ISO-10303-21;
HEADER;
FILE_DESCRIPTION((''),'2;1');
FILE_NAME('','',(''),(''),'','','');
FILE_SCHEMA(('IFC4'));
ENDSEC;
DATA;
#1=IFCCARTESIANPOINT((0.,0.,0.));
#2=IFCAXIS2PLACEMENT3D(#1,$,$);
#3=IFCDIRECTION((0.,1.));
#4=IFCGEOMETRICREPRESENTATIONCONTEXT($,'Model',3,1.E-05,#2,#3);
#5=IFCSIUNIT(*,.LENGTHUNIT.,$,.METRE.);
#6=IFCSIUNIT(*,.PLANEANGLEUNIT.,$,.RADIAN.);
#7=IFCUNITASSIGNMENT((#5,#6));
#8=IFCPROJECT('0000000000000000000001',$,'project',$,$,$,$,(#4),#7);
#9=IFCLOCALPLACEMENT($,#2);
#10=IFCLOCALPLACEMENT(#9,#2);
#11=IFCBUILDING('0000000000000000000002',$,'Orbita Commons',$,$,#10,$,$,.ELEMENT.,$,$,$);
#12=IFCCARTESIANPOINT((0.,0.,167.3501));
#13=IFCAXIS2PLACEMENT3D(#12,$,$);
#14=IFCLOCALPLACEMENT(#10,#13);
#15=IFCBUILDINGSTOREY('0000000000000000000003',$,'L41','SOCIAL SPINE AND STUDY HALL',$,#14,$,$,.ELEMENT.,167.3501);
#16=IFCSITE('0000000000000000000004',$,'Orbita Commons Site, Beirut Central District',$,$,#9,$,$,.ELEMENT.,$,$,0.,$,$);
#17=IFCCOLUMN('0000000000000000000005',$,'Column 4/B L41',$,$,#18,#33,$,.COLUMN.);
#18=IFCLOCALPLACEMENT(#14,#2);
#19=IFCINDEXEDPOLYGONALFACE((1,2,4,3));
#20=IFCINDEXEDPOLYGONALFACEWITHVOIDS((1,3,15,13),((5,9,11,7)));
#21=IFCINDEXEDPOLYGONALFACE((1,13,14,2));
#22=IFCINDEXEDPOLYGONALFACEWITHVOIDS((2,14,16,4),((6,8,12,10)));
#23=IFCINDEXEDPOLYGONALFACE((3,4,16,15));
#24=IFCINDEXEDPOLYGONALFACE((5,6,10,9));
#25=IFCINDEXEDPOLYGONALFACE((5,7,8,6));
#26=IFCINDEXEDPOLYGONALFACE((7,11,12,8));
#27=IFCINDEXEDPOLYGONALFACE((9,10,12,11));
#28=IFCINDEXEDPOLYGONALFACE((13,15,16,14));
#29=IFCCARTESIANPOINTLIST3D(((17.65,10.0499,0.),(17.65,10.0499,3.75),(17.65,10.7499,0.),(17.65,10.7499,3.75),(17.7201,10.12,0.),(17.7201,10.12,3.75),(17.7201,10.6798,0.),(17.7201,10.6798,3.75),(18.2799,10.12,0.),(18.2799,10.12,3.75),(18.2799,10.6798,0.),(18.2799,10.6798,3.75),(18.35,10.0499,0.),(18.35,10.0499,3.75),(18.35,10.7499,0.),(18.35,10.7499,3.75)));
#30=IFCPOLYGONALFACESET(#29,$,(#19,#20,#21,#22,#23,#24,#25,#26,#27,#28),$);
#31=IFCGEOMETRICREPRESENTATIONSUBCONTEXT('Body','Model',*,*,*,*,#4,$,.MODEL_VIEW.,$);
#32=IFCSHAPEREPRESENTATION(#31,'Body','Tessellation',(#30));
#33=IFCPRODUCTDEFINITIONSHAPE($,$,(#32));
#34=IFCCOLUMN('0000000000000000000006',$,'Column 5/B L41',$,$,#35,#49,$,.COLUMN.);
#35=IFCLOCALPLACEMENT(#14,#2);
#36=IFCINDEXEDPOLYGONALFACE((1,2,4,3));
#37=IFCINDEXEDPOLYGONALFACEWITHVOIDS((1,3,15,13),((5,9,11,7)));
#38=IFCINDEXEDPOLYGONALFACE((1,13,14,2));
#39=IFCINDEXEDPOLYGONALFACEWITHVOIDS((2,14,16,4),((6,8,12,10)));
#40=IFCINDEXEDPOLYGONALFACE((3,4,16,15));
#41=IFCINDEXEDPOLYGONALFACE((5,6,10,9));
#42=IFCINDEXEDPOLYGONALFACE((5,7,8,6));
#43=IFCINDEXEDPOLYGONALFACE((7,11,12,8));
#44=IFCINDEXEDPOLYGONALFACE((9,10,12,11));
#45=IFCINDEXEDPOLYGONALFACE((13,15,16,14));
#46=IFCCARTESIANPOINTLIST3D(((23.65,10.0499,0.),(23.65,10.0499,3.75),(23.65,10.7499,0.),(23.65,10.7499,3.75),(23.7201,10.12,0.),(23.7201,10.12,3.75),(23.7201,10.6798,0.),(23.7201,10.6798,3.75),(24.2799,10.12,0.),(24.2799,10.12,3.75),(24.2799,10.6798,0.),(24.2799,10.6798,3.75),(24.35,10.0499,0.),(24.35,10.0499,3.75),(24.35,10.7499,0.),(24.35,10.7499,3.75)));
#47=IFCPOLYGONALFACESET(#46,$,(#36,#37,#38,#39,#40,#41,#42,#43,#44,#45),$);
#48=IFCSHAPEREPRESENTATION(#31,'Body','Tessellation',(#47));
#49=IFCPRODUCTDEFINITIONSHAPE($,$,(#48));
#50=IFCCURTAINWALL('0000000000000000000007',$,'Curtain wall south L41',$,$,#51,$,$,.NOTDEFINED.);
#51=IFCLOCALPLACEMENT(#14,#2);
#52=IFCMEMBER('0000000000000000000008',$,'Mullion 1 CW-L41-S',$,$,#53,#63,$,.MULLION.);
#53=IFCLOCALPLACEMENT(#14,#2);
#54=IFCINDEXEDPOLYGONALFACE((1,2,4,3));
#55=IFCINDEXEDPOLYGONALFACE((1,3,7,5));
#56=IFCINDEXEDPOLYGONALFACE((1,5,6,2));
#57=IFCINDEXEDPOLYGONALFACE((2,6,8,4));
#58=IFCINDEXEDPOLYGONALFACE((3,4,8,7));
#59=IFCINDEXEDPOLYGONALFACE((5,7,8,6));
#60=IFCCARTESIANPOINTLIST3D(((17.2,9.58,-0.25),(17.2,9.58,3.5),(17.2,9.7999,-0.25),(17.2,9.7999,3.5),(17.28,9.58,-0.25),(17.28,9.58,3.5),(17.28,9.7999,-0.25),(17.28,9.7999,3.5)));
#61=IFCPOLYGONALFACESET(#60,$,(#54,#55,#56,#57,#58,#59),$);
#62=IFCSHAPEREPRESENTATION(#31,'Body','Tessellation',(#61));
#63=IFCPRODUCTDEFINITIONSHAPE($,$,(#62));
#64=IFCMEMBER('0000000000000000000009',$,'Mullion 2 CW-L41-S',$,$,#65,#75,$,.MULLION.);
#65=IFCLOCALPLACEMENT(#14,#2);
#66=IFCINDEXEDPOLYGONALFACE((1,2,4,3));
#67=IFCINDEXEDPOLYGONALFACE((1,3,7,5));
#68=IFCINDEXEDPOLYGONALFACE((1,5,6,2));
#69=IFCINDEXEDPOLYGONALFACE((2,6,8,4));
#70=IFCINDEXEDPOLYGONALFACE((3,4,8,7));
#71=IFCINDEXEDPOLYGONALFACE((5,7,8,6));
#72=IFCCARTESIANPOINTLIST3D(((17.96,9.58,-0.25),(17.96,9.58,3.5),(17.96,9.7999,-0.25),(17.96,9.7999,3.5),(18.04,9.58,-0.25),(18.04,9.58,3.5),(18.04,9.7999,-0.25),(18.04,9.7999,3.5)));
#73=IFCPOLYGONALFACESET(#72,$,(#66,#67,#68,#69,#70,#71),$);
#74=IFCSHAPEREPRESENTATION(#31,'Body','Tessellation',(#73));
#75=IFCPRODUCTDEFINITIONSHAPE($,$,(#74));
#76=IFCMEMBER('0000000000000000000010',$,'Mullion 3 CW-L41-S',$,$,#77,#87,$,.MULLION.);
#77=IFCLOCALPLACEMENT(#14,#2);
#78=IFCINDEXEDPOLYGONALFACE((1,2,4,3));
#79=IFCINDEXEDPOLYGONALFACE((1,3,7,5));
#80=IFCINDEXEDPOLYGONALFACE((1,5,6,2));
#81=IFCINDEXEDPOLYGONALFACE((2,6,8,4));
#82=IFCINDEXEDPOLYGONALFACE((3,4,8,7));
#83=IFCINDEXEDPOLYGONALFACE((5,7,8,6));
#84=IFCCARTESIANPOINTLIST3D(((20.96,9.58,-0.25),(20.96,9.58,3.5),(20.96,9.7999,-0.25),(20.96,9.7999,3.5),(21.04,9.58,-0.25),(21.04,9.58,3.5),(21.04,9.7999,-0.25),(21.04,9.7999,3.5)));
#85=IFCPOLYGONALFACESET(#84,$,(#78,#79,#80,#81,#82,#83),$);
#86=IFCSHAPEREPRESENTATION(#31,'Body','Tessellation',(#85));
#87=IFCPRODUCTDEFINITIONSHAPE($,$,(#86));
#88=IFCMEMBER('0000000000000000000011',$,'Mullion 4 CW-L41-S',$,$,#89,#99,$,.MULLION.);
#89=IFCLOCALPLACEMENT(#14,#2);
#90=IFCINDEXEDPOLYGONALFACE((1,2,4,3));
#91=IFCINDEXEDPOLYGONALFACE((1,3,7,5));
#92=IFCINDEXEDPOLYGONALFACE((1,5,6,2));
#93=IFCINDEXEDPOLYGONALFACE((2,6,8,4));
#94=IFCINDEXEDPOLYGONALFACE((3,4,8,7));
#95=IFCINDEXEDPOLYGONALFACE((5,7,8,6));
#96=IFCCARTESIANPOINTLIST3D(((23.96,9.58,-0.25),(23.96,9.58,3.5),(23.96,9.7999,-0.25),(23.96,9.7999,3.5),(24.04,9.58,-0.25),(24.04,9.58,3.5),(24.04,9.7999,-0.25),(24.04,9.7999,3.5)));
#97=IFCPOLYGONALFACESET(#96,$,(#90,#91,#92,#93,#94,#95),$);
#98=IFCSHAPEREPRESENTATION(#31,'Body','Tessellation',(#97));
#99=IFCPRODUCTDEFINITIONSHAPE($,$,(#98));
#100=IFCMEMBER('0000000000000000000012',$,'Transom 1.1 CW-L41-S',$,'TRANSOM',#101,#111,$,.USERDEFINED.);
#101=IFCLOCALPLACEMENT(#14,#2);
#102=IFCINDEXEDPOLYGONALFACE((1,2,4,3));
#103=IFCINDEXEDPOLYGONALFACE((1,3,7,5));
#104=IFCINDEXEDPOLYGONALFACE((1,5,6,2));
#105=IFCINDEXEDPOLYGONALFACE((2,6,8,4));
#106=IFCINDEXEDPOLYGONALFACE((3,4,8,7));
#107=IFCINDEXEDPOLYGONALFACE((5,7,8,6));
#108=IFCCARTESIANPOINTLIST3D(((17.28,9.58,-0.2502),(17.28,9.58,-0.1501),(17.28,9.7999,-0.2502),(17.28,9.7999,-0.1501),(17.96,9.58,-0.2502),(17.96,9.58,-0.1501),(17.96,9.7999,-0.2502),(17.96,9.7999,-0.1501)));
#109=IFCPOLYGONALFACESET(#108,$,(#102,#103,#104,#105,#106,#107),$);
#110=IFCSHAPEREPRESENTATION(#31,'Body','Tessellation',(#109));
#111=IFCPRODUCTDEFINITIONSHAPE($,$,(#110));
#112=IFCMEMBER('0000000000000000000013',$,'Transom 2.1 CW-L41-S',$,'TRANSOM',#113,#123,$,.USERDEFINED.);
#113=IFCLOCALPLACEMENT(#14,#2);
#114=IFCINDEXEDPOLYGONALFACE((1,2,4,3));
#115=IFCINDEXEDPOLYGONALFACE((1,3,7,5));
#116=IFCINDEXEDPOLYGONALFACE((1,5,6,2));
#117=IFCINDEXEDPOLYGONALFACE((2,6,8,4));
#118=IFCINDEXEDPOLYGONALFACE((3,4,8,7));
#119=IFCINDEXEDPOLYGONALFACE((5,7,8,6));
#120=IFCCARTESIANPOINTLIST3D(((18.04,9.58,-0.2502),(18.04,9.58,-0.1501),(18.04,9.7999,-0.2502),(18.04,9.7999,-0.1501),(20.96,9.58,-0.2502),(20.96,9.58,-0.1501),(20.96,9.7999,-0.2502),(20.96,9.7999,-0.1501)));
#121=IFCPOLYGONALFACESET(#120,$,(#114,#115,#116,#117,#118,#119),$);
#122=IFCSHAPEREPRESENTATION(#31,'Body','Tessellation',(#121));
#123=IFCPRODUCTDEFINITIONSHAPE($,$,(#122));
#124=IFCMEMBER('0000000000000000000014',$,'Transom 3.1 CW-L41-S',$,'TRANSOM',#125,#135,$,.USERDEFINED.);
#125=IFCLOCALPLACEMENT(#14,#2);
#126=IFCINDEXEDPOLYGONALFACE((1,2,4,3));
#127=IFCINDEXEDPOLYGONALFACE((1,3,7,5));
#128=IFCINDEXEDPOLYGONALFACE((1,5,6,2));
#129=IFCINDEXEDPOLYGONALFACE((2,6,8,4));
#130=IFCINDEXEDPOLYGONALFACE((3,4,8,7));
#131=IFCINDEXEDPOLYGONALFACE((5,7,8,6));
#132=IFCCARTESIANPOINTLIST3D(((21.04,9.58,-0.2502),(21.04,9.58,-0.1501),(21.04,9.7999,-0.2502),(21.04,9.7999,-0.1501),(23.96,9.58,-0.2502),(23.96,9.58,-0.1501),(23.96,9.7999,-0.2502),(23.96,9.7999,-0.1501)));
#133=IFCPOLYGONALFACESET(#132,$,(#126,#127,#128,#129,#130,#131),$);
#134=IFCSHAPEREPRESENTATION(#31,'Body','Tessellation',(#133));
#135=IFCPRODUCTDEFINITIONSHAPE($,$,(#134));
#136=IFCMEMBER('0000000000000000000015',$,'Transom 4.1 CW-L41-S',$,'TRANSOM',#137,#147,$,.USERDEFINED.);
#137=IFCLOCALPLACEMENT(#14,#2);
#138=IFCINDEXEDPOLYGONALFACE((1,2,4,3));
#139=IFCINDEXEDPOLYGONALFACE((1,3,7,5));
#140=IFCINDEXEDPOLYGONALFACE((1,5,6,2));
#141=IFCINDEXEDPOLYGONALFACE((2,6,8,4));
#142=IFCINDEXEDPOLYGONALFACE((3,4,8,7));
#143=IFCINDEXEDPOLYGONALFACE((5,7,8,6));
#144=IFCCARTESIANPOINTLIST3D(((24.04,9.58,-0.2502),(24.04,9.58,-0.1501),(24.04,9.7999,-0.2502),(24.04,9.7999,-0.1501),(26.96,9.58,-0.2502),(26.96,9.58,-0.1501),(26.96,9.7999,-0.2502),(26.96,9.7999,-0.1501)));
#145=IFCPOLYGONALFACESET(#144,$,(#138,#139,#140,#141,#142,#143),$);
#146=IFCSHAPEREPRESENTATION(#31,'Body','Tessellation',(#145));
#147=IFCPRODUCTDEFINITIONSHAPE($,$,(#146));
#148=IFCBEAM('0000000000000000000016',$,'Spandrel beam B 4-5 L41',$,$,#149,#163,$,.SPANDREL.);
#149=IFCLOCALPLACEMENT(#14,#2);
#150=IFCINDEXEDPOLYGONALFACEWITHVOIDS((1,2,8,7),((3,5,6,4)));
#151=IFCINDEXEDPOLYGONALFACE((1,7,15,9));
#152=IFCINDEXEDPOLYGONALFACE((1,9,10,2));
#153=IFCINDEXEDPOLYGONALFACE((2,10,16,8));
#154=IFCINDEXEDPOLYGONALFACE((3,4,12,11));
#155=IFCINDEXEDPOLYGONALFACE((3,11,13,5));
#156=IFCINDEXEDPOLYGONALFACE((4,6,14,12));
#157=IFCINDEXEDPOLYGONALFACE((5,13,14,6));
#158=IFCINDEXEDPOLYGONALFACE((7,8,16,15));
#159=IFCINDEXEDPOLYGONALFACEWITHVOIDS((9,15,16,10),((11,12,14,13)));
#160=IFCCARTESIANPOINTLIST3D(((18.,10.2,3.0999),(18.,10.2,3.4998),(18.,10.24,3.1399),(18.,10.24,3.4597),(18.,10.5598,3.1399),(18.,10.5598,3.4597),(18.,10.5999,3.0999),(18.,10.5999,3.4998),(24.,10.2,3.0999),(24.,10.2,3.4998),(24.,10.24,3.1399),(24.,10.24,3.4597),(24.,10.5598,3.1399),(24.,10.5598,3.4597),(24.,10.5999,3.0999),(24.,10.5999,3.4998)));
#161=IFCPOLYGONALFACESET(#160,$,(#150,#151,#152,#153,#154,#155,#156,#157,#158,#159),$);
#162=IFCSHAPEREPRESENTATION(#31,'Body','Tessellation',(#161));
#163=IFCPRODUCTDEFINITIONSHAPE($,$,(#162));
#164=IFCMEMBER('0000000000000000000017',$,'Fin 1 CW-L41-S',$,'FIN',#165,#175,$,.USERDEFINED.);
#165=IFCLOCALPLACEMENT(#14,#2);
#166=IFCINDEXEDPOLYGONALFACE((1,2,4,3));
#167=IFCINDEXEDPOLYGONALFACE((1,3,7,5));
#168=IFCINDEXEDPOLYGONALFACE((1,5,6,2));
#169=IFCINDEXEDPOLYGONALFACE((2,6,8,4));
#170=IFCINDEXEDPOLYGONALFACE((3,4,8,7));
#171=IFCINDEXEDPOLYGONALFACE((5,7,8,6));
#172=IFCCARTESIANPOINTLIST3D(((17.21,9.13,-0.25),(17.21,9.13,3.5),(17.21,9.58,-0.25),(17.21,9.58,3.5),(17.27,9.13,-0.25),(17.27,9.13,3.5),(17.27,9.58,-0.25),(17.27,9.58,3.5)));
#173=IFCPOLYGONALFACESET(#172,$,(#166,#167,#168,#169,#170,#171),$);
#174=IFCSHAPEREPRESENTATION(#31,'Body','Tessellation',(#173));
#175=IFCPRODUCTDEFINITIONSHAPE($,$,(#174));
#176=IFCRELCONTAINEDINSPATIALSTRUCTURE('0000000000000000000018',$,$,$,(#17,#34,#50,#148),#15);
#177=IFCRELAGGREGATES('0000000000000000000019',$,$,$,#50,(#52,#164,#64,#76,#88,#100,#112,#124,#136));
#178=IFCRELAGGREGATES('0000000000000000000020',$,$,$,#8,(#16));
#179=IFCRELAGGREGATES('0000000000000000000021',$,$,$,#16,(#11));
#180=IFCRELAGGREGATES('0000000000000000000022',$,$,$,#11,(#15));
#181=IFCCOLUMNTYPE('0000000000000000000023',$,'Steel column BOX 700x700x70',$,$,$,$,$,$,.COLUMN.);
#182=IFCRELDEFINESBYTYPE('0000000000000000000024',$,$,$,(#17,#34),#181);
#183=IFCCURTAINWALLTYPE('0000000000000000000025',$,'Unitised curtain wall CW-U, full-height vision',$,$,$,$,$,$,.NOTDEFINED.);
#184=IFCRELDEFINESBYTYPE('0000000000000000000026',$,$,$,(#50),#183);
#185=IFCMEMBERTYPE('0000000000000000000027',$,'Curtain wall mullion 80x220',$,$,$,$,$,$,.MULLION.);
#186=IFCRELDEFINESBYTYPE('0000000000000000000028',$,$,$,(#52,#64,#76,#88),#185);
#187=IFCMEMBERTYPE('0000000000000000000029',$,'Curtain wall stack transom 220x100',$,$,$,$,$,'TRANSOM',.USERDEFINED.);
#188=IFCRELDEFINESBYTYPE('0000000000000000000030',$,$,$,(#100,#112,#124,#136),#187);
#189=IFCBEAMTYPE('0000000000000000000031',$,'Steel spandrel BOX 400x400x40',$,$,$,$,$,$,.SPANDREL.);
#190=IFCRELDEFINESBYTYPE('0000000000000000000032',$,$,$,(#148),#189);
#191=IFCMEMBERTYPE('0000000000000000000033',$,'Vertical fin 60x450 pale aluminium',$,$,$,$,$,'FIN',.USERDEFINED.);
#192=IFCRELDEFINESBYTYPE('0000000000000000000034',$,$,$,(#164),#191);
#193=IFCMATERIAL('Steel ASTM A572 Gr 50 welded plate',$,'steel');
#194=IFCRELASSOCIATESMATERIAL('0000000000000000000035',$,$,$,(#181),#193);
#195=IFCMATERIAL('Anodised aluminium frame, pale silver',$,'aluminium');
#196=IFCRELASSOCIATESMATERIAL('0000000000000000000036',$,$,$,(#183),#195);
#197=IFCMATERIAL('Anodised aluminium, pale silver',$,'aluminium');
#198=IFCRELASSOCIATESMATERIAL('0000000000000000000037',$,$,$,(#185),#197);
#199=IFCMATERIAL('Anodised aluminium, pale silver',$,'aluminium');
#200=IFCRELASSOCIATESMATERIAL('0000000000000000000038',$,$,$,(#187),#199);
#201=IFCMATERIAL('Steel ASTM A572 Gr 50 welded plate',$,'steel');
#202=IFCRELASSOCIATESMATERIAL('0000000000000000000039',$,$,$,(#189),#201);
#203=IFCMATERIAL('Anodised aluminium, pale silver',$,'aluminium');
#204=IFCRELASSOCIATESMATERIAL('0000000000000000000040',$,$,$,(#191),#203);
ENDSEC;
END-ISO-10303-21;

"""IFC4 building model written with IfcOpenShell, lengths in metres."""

from ifc_helpers import new_model, si_unit, direction, frame, origin, origin_2d, place, context, subcontext, project, spatial, rectangle, hollow_rectangle, extrude, material, material_profile, profile_set, type_object, element, aggregate, save


model = new_model("IFC4")

# Units and contexts
model_context = context("Model", 3, precision=1e-05, world=origin(), true_north=direction((0.0, 1.0)))
body_context = subcontext(model_context, "Body", "Model", "MODEL_VIEW")
ifc_project = project(units=[si_unit("LENGTHUNIT", "METRE"), si_unit("PLANEANGLEUNIT", "RADIAN")], contexts=[model_context])

# Site, building, storey
site_placement = place(None, origin())
site = spatial("IfcSite", under=ifc_project, at=site_placement, Name="Orbita Commons Site, Beirut Central District", CompositionType="ELEMENT", RefElevation=0.0)
building_placement = place(site_placement, origin())
building = spatial("IfcBuilding", under=site, at=building_placement, Name="Orbita Commons", CompositionType="ELEMENT")
storey_placement = place(building_placement, frame((0.0, 0.0, 167.3501)))
storey = spatial("IfcBuildingStorey", under=building, at=storey_placement, Name="L41", Description="SOCIAL SPINE AND STUDY HALL", CompositionType="ELEMENT", Elevation=167.3501)

# Columns
ifc_material_1 = material(Name="Steel ASTM A572 Gr 50 welded plate", Category="steel")
ifc_material_profile_1 = material_profile(ifc_material_1, hollow_rectangle(XDim=0.7, YDim=0.7, WallThickness=0.0701, at=origin_2d()), Name="BOX 700x700x70")
ifc_profile_set_1 = profile_set([ifc_material_profile_1], Name="Steel ASTM A572 Gr 50 welded plate")
column_type = type_object("IfcColumnType", Name="Steel column BOX 700x700x70", PredefinedType="COLUMN", material=ifc_profile_set_1)
for number, where, z_axis, x_axis, name in (
    (1, (18.0, 10.3999, 0.0), (0.0, 0.0, 1.0), (1.0, 0.0, 0.0), "Column 4/B L41"),
    (2, (24.0, 10.3999, 0.0), (0.0, 0.0, 1.0), (1.0, 0.0, 0.0), "Column 5/B L41"),
):
    element("IfcColumn", number, at=place(storey_placement, frame(where, z_axis=z_axis, x_axis=x_axis)), inside=storey, type_object=column_type, Name=name, PredefinedType="COLUMN", context=body_context, shape_type="SweptSolid", body=[
        extrude(hollow_rectangle(XDim=0.7, YDim=0.7, WallThickness=0.0701, at=origin_2d()), origin(), (0.0, 0.0, 1.0), 3.75),
    ])

# Curtain wall, members
ifc_material_2 = material(Name="Anodised aluminium frame, pale silver", Category="aluminium")
curtain_wall_type = type_object("IfcCurtainWallType", Name="Unitised curtain wall CW-U, full-height vision", PredefinedType="NOTDEFINED", material=ifc_material_2)
curtain_wall_placement = place(storey_placement, origin())
curtain_wall = element("IfcCurtainWall", 3, at=curtain_wall_placement, inside=storey, type_object=curtain_wall_type, Name="Curtain wall south L41", PredefinedType="NOTDEFINED")
ifc_material_3 = material(Name="Anodised aluminium, pale silver", Category="aluminium")
ifc_material_profile_2 = material_profile(ifc_material_3, rectangle(XDim=0.0801, YDim=0.22, at=origin_2d()), Name="AL 80x220")
ifc_profile_set_2 = profile_set([ifc_material_profile_2], Name="Anodised aluminium, pale silver")
member_type_1 = type_object("IfcMemberType", Name="Curtain wall mullion 80x220", PredefinedType="MULLION", material=ifc_profile_set_2)
member_1_placement = place(storey_placement, frame((17.24, 9.6899, -0.25), z_axis=(0.0, 0.0, 1.0), x_axis=(1.0, 0.0, 0.0)))
member_1 = element("IfcMember", 4, at=member_1_placement, type_object=member_type_1, Name="Mullion 1 CW-L41-S", PredefinedType="MULLION", context=body_context, shape_type="SweptSolid", body=[
    extrude(rectangle(XDim=0.0801, YDim=0.22, at=origin_2d()), origin(), (0.0, 0.0, 1.0), 3.75),
])
member_2_placement = place(storey_placement, frame((18.0, 9.6899, -0.25), z_axis=(0.0, 0.0, 1.0), x_axis=(1.0, 0.0, 0.0)))
member_2 = element("IfcMember", 5, at=member_2_placement, type_object=member_type_1, Name="Mullion 2 CW-L41-S", PredefinedType="MULLION", context=body_context, shape_type="SweptSolid", body=[
    extrude(rectangle(XDim=0.0801, YDim=0.22, at=origin_2d()), origin(), (0.0, 0.0, 1.0), 3.75),
])
member_3_placement = place(storey_placement, frame((21.0, 9.6899, -0.25), z_axis=(0.0, 0.0, 1.0), x_axis=(1.0, 0.0, 0.0)))
member_3 = element("IfcMember", 6, at=member_3_placement, type_object=member_type_1, Name="Mullion 3 CW-L41-S", PredefinedType="MULLION", context=body_context, shape_type="SweptSolid", body=[
    extrude(rectangle(XDim=0.0801, YDim=0.22, at=origin_2d()), origin(), (0.0, 0.0, 1.0), 3.75),
])
member_4_placement = place(storey_placement, frame((24.0, 9.6899, -0.25), z_axis=(0.0, 0.0, 1.0), x_axis=(1.0, 0.0, 0.0)))
member_4 = element("IfcMember", 7, at=member_4_placement, type_object=member_type_1, Name="Mullion 4 CW-L41-S", PredefinedType="MULLION", context=body_context, shape_type="SweptSolid", body=[
    extrude(rectangle(XDim=0.0801, YDim=0.22, at=origin_2d()), origin(), (0.0, 0.0, 1.0), 3.75),
])
ifc_material_4 = material(Name="Anodised aluminium, pale silver", Category="aluminium")
ifc_material_profile_3 = material_profile(ifc_material_4, rectangle(XDim=0.22, YDim=0.1001, at=origin_2d()), Name="AL 220x100")
ifc_profile_set_3 = profile_set([ifc_material_profile_3], Name="Anodised aluminium, pale silver")
member_type_2 = type_object("IfcMemberType", Name="Curtain wall stack transom 220x100", ElementType="TRANSOM", PredefinedType="USERDEFINED", material=ifc_profile_set_3)
member_5_placement = place(storey_placement, frame((17.28, 9.6899, -0.2002), z_axis=(1.0, 0.0, 0.0), x_axis=(0.0, 1.0, 0.0)))
member_5 = element("IfcMember", 8, at=member_5_placement, type_object=member_type_2, Name="Transom 1.1 CW-L41-S", ObjectType="TRANSOM", PredefinedType="USERDEFINED", context=body_context, shape_type="SweptSolid", body=[
    extrude(rectangle(XDim=0.22, YDim=0.1001, at=origin_2d()), origin(), (0.0, 0.0, 1.0), 0.6799),
])
member_6_placement = place(storey_placement, frame((18.04, 9.6899, -0.2002), z_axis=(1.0, 0.0, 0.0), x_axis=(0.0, 1.0, 0.0)))
member_6 = element("IfcMember", 9, at=member_6_placement, type_object=member_type_2, Name="Transom 2.1 CW-L41-S", ObjectType="TRANSOM", PredefinedType="USERDEFINED", context=body_context, shape_type="SweptSolid", body=[
    extrude(rectangle(XDim=0.22, YDim=0.1001, at=origin_2d()), origin(), (0.0, 0.0, 1.0), 2.9199),
])
member_7_placement = place(storey_placement, frame((21.04, 9.6899, -0.2002), z_axis=(1.0, 0.0, 0.0), x_axis=(0.0, 1.0, 0.0)))
member_7 = element("IfcMember", 10, at=member_7_placement, type_object=member_type_2, Name="Transom 3.1 CW-L41-S", ObjectType="TRANSOM", PredefinedType="USERDEFINED", context=body_context, shape_type="SweptSolid", body=[
    extrude(rectangle(XDim=0.22, YDim=0.1001, at=origin_2d()), origin(), (0.0, 0.0, 1.0), 2.9199),
])
member_8_placement = place(storey_placement, frame((24.04, 9.6899, -0.2002), z_axis=(1.0, 0.0, 0.0), x_axis=(0.0, 1.0, 0.0)))
member_8 = element("IfcMember", 11, at=member_8_placement, type_object=member_type_2, Name="Transom 4.1 CW-L41-S", ObjectType="TRANSOM", PredefinedType="USERDEFINED", context=body_context, shape_type="SweptSolid", body=[
    extrude(rectangle(XDim=0.22, YDim=0.1001, at=origin_2d()), origin(), (0.0, 0.0, 1.0), 2.9199),
])

# Beam
ifc_material_5 = material(Name="Steel ASTM A572 Gr 50 welded plate", Category="steel")
ifc_material_profile_4 = material_profile(ifc_material_5, hollow_rectangle(XDim=0.3999, YDim=0.3999, WallThickness=0.04, at=origin_2d()), Name="BOX 400x400x40")
ifc_profile_set_4 = profile_set([ifc_material_profile_4], Name="Steel ASTM A572 Gr 50 welded plate")
beam_type = type_object("IfcBeamType", Name="Steel spandrel BOX 400x400x40", PredefinedType="SPANDREL", material=ifc_profile_set_4)
beam_placement = place(storey_placement, frame((18.0, 10.3999, 3.2998), z_axis=(1.0, 0.0, 0.0), x_axis=(0.0, 1.0, 0.0)))
element("IfcBeam", 12, at=beam_placement, inside=storey, type_object=beam_type, Name="Spandrel beam B 4-5 L41", PredefinedType="SPANDREL", context=body_context, shape_type="SweptSolid", body=[
    extrude(hollow_rectangle(XDim=0.3999, YDim=0.3999, WallThickness=0.04, at=origin_2d()), origin(), (0.0, 0.0, 1.0), 6.0),
])

# Member
ifc_material_6 = material(Name="Anodised aluminium, pale silver", Category="aluminium")
ifc_material_profile_5 = material_profile(ifc_material_6, rectangle(XDim=0.0601, YDim=0.45, at=origin_2d()), Name="FIN 60x450")
ifc_profile_set_5 = profile_set([ifc_material_profile_5], Name="Anodised aluminium, pale silver")
member_type_3 = type_object("IfcMemberType", Name="Vertical fin 60x450 pale aluminium", ElementType="FIN", PredefinedType="USERDEFINED", material=ifc_profile_set_5)
member_9_placement = place(storey_placement, frame((17.24, 9.355, -0.25), z_axis=(0.0, 0.0, 1.0), x_axis=(1.0, 0.0, 0.0)))
member_9 = element("IfcMember", 13, at=member_9_placement, type_object=member_type_3, Name="Fin 1 CW-L41-S", ObjectType="FIN", PredefinedType="USERDEFINED", context=body_context, shape_type="SweptSolid", body=[
    extrude(rectangle(XDim=0.0601, YDim=0.45, at=origin_2d()), origin(), (0.0, 0.0, 1.0), 3.75),
])

aggregate(curtain_wall, [member_1, member_9, member_2, member_3, member_4, member_5, member_6, member_7, member_8])

save(model, "model.ifc")
